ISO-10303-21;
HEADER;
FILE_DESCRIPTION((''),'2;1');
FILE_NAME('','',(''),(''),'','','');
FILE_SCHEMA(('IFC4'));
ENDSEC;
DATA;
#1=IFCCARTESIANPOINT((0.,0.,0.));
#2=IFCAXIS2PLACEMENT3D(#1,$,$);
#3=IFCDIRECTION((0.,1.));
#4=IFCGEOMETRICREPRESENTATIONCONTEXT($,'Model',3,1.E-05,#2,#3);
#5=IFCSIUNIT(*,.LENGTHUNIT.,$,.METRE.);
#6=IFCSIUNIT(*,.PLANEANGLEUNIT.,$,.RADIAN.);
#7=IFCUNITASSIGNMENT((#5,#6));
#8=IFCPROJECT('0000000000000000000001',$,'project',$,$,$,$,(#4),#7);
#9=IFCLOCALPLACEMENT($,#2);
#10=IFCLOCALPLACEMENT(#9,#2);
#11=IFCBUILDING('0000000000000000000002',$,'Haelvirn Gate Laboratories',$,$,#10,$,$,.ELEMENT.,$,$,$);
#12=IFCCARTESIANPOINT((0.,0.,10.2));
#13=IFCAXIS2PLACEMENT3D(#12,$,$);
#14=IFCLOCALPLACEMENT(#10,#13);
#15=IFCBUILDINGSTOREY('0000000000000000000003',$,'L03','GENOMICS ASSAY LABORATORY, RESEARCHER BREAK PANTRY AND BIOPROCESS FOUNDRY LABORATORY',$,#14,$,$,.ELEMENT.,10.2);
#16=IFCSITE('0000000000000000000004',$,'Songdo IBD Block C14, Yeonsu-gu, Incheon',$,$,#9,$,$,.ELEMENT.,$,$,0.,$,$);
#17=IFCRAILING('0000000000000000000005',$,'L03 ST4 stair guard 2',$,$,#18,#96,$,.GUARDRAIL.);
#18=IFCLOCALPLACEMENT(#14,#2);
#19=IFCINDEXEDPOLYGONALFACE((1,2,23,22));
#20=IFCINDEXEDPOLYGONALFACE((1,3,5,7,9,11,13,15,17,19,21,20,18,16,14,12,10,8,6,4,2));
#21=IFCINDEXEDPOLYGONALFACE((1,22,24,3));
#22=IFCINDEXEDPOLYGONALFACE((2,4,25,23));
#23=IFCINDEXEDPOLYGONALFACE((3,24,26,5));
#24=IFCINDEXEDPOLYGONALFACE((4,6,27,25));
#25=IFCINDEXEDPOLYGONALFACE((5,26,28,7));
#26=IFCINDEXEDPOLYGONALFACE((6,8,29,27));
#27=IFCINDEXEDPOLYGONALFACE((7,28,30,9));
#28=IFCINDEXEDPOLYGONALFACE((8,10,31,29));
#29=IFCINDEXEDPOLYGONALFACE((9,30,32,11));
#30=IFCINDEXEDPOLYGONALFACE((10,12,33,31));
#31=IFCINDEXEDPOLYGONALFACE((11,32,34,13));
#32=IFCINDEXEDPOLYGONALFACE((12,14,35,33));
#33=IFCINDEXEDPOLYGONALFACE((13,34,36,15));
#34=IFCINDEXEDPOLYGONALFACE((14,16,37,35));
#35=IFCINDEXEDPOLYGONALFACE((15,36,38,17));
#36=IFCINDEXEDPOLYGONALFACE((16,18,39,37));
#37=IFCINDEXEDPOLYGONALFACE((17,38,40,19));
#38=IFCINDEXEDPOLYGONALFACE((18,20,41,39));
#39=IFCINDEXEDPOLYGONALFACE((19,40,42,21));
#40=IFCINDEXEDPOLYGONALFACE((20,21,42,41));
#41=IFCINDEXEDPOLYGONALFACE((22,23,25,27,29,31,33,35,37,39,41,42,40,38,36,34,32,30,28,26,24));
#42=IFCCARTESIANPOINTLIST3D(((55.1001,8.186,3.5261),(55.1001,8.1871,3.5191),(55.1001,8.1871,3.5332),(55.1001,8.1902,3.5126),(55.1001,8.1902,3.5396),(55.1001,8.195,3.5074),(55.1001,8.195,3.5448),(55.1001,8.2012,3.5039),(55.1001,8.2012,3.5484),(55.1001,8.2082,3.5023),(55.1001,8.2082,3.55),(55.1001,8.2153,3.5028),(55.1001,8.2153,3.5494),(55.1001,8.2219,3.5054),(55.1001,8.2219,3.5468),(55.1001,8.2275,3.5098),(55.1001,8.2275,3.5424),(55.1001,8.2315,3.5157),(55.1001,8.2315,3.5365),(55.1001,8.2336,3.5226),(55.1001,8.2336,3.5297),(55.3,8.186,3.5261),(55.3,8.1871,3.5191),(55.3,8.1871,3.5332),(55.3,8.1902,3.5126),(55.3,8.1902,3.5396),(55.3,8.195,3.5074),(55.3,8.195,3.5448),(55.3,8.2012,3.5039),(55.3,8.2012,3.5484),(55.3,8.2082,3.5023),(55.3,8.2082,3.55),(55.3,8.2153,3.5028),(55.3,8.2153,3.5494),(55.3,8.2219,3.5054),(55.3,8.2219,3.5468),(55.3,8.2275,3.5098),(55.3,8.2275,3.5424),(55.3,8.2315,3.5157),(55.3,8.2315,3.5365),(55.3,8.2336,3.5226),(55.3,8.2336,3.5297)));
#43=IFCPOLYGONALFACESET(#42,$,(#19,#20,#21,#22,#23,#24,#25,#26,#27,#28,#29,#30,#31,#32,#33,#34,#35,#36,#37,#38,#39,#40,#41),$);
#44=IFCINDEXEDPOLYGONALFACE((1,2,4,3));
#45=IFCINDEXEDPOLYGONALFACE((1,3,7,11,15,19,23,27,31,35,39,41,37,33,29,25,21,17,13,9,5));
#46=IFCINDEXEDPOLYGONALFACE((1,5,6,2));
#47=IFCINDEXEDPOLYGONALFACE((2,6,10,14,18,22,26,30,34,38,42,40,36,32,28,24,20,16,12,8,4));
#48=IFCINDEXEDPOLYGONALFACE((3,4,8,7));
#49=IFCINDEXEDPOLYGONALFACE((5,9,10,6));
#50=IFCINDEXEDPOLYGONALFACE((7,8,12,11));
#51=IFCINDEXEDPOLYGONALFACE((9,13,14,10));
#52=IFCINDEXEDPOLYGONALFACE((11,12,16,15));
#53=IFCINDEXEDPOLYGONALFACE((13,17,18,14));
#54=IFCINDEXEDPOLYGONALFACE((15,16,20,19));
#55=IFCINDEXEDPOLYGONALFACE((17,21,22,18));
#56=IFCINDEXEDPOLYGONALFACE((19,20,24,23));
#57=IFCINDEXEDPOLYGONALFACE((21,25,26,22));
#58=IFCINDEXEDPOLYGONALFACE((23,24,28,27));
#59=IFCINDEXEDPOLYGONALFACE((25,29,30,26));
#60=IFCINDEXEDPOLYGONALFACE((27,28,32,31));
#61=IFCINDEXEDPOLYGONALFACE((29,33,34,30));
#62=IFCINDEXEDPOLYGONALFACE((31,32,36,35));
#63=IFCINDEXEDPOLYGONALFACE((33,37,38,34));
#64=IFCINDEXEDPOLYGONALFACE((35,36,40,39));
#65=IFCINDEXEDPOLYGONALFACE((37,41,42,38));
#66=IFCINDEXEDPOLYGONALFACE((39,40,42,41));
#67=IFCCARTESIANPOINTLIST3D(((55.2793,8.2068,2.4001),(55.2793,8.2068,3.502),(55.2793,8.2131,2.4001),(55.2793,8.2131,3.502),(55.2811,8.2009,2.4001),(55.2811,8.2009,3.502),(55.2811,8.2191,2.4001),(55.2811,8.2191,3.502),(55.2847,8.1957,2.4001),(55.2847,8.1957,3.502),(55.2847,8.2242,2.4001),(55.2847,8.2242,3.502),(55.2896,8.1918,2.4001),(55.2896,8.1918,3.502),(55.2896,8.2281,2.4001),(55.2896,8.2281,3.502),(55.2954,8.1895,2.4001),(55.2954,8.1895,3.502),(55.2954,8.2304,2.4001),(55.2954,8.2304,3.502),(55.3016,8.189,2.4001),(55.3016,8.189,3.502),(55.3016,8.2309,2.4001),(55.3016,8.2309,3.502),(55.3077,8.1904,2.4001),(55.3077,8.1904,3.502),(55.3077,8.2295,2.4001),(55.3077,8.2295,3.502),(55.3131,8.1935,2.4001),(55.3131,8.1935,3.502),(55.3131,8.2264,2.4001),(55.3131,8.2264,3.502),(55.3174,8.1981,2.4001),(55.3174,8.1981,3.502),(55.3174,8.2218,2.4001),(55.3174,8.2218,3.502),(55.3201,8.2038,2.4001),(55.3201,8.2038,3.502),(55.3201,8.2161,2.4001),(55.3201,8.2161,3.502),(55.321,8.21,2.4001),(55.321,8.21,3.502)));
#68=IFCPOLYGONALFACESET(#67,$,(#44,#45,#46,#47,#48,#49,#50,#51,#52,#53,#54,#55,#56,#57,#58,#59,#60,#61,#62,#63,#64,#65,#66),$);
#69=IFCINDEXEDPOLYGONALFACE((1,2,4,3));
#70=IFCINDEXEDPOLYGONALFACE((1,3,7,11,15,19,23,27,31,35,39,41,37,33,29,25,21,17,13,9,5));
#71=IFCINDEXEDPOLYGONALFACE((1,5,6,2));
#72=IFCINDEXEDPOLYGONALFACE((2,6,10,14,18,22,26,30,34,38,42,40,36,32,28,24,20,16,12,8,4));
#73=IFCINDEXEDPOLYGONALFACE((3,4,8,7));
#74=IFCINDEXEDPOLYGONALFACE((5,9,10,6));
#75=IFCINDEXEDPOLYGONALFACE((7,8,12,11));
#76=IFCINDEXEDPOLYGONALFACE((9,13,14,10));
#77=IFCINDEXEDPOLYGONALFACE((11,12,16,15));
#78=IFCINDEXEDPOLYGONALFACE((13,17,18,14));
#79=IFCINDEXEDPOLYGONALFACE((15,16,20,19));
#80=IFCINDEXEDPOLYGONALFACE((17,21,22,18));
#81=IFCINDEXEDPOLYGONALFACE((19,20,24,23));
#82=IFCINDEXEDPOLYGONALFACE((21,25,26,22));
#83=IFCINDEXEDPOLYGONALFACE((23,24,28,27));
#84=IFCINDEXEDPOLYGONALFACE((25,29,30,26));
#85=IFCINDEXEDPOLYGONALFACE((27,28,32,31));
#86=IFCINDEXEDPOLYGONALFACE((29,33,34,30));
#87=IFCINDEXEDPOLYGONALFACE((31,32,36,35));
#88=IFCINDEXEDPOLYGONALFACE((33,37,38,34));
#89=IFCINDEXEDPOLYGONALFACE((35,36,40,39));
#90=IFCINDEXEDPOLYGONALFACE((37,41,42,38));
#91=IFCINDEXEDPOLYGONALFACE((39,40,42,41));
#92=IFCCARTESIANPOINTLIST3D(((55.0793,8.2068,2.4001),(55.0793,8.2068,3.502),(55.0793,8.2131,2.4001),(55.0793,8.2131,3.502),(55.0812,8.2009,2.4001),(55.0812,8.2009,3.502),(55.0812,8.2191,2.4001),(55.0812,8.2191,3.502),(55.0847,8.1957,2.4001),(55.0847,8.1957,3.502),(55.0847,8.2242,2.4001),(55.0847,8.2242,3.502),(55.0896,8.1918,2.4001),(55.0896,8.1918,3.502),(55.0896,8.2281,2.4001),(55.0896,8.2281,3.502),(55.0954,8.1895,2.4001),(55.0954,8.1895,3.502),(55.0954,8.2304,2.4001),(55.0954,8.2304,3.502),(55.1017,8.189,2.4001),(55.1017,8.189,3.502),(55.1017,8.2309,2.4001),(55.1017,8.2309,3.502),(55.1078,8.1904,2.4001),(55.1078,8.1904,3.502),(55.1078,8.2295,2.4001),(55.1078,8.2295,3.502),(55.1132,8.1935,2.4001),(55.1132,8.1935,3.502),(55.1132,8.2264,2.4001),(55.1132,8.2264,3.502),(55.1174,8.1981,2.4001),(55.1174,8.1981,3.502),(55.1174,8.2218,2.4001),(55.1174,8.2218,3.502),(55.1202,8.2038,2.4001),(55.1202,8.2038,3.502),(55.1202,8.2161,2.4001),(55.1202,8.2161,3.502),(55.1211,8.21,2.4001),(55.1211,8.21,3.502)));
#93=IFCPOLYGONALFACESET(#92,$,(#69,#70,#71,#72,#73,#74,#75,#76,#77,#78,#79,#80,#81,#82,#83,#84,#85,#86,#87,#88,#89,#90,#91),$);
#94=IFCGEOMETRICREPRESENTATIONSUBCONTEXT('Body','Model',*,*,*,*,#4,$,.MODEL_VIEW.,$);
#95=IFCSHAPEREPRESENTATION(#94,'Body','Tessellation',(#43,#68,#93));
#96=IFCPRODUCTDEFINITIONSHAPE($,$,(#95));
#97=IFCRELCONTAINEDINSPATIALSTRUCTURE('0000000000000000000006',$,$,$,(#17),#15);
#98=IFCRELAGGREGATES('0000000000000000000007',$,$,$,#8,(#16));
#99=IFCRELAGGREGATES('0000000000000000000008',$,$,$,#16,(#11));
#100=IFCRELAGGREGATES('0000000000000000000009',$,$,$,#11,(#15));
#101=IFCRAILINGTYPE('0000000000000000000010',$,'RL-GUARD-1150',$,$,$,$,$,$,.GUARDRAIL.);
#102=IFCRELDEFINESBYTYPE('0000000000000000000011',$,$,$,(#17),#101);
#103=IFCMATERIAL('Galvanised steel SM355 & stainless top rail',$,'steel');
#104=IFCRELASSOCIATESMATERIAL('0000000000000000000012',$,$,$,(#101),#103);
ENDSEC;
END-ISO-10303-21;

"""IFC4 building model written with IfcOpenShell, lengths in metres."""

from ifc_helpers import new_model, si_unit, direction, frame, origin, origin_2d, place, context, subcontext, project, spatial, circle, extrude, source, transform, mapped, material, type_object, element, save


model = new_model("IFC4")

# Units and contexts
model_context = context("Model", 3, precision=1e-05, world=origin(), true_north=direction((0.0, 1.0)))
body_context = subcontext(model_context, "Body", "Model", "MODEL_VIEW")
ifc_project = project(units=[si_unit("LENGTHUNIT", "METRE"), si_unit("PLANEANGLEUNIT", "RADIAN")], contexts=[model_context])

# Site, building, storey
site_placement = place(None, origin())
site = spatial("IfcSite", under=ifc_project, at=site_placement, Name="Songdo IBD Block C14, Yeonsu-gu, Incheon", CompositionType="ELEMENT", RefElevation=0.0)
building_placement = place(site_placement, origin())
building = spatial("IfcBuilding", under=site, at=building_placement, Name="Haelvirn Gate Laboratories", CompositionType="ELEMENT")
storey_placement = place(building_placement, frame((0.0, 0.0, 10.2)))
storey = spatial("IfcBuildingStorey", under=building, at=storey_placement, Name="L03", Description="GENOMICS ASSAY LABORATORY, RESEARCHER BREAK PANTRY AND BIOPROCESS FOUNDRY LABORATORY", CompositionType="ELEMENT", Elevation=10.2)

# Railing
ifc_material_1 = material(Name="Galvanised steel SM355 & stainless top rail", Category="steel")
railing_type_1 = type_object("IfcRailingType", Name="RL-GUARD-1150", PredefinedType="GUARDRAIL", material=ifc_material_1)
shared_shape_1 = source(origin(), body_context, "Body", "SweptSolid", [
    extrude(circle(Radius=0.0239, at=origin_2d()), frame((0.0, 0.0, 1.126), z_axis=(-1.0, 0.0, 0.0), x_axis=(0.0, -1.0, 0.0)), (0.0, 0.0, 1.0), 0.2),
    extrude(circle(Radius=0.021, at=origin_2d()), origin(), (0.0, 0.0, 1.0), 1.1018),
    extrude(circle(Radius=0.021, at=origin_2d()), frame((-0.2, 0.0, 0.0)), (0.0, 0.0, 1.0), 1.1018),
])
railing_1_placement = place(storey_placement, frame((55.3, 8.21, 2.4001)))
element("IfcRailing", 1, at=railing_1_placement, inside=storey, type_object=railing_type_1, Name="L03 ST4 stair guard 2", PredefinedType="GUARDRAIL", context=body_context, shape_type="MappedRepresentation", body=[
    mapped(shared_shape_1, transform((0.0, 0.0, 0.0), scale=1.0)),
])

save(model, "model.ifc")
